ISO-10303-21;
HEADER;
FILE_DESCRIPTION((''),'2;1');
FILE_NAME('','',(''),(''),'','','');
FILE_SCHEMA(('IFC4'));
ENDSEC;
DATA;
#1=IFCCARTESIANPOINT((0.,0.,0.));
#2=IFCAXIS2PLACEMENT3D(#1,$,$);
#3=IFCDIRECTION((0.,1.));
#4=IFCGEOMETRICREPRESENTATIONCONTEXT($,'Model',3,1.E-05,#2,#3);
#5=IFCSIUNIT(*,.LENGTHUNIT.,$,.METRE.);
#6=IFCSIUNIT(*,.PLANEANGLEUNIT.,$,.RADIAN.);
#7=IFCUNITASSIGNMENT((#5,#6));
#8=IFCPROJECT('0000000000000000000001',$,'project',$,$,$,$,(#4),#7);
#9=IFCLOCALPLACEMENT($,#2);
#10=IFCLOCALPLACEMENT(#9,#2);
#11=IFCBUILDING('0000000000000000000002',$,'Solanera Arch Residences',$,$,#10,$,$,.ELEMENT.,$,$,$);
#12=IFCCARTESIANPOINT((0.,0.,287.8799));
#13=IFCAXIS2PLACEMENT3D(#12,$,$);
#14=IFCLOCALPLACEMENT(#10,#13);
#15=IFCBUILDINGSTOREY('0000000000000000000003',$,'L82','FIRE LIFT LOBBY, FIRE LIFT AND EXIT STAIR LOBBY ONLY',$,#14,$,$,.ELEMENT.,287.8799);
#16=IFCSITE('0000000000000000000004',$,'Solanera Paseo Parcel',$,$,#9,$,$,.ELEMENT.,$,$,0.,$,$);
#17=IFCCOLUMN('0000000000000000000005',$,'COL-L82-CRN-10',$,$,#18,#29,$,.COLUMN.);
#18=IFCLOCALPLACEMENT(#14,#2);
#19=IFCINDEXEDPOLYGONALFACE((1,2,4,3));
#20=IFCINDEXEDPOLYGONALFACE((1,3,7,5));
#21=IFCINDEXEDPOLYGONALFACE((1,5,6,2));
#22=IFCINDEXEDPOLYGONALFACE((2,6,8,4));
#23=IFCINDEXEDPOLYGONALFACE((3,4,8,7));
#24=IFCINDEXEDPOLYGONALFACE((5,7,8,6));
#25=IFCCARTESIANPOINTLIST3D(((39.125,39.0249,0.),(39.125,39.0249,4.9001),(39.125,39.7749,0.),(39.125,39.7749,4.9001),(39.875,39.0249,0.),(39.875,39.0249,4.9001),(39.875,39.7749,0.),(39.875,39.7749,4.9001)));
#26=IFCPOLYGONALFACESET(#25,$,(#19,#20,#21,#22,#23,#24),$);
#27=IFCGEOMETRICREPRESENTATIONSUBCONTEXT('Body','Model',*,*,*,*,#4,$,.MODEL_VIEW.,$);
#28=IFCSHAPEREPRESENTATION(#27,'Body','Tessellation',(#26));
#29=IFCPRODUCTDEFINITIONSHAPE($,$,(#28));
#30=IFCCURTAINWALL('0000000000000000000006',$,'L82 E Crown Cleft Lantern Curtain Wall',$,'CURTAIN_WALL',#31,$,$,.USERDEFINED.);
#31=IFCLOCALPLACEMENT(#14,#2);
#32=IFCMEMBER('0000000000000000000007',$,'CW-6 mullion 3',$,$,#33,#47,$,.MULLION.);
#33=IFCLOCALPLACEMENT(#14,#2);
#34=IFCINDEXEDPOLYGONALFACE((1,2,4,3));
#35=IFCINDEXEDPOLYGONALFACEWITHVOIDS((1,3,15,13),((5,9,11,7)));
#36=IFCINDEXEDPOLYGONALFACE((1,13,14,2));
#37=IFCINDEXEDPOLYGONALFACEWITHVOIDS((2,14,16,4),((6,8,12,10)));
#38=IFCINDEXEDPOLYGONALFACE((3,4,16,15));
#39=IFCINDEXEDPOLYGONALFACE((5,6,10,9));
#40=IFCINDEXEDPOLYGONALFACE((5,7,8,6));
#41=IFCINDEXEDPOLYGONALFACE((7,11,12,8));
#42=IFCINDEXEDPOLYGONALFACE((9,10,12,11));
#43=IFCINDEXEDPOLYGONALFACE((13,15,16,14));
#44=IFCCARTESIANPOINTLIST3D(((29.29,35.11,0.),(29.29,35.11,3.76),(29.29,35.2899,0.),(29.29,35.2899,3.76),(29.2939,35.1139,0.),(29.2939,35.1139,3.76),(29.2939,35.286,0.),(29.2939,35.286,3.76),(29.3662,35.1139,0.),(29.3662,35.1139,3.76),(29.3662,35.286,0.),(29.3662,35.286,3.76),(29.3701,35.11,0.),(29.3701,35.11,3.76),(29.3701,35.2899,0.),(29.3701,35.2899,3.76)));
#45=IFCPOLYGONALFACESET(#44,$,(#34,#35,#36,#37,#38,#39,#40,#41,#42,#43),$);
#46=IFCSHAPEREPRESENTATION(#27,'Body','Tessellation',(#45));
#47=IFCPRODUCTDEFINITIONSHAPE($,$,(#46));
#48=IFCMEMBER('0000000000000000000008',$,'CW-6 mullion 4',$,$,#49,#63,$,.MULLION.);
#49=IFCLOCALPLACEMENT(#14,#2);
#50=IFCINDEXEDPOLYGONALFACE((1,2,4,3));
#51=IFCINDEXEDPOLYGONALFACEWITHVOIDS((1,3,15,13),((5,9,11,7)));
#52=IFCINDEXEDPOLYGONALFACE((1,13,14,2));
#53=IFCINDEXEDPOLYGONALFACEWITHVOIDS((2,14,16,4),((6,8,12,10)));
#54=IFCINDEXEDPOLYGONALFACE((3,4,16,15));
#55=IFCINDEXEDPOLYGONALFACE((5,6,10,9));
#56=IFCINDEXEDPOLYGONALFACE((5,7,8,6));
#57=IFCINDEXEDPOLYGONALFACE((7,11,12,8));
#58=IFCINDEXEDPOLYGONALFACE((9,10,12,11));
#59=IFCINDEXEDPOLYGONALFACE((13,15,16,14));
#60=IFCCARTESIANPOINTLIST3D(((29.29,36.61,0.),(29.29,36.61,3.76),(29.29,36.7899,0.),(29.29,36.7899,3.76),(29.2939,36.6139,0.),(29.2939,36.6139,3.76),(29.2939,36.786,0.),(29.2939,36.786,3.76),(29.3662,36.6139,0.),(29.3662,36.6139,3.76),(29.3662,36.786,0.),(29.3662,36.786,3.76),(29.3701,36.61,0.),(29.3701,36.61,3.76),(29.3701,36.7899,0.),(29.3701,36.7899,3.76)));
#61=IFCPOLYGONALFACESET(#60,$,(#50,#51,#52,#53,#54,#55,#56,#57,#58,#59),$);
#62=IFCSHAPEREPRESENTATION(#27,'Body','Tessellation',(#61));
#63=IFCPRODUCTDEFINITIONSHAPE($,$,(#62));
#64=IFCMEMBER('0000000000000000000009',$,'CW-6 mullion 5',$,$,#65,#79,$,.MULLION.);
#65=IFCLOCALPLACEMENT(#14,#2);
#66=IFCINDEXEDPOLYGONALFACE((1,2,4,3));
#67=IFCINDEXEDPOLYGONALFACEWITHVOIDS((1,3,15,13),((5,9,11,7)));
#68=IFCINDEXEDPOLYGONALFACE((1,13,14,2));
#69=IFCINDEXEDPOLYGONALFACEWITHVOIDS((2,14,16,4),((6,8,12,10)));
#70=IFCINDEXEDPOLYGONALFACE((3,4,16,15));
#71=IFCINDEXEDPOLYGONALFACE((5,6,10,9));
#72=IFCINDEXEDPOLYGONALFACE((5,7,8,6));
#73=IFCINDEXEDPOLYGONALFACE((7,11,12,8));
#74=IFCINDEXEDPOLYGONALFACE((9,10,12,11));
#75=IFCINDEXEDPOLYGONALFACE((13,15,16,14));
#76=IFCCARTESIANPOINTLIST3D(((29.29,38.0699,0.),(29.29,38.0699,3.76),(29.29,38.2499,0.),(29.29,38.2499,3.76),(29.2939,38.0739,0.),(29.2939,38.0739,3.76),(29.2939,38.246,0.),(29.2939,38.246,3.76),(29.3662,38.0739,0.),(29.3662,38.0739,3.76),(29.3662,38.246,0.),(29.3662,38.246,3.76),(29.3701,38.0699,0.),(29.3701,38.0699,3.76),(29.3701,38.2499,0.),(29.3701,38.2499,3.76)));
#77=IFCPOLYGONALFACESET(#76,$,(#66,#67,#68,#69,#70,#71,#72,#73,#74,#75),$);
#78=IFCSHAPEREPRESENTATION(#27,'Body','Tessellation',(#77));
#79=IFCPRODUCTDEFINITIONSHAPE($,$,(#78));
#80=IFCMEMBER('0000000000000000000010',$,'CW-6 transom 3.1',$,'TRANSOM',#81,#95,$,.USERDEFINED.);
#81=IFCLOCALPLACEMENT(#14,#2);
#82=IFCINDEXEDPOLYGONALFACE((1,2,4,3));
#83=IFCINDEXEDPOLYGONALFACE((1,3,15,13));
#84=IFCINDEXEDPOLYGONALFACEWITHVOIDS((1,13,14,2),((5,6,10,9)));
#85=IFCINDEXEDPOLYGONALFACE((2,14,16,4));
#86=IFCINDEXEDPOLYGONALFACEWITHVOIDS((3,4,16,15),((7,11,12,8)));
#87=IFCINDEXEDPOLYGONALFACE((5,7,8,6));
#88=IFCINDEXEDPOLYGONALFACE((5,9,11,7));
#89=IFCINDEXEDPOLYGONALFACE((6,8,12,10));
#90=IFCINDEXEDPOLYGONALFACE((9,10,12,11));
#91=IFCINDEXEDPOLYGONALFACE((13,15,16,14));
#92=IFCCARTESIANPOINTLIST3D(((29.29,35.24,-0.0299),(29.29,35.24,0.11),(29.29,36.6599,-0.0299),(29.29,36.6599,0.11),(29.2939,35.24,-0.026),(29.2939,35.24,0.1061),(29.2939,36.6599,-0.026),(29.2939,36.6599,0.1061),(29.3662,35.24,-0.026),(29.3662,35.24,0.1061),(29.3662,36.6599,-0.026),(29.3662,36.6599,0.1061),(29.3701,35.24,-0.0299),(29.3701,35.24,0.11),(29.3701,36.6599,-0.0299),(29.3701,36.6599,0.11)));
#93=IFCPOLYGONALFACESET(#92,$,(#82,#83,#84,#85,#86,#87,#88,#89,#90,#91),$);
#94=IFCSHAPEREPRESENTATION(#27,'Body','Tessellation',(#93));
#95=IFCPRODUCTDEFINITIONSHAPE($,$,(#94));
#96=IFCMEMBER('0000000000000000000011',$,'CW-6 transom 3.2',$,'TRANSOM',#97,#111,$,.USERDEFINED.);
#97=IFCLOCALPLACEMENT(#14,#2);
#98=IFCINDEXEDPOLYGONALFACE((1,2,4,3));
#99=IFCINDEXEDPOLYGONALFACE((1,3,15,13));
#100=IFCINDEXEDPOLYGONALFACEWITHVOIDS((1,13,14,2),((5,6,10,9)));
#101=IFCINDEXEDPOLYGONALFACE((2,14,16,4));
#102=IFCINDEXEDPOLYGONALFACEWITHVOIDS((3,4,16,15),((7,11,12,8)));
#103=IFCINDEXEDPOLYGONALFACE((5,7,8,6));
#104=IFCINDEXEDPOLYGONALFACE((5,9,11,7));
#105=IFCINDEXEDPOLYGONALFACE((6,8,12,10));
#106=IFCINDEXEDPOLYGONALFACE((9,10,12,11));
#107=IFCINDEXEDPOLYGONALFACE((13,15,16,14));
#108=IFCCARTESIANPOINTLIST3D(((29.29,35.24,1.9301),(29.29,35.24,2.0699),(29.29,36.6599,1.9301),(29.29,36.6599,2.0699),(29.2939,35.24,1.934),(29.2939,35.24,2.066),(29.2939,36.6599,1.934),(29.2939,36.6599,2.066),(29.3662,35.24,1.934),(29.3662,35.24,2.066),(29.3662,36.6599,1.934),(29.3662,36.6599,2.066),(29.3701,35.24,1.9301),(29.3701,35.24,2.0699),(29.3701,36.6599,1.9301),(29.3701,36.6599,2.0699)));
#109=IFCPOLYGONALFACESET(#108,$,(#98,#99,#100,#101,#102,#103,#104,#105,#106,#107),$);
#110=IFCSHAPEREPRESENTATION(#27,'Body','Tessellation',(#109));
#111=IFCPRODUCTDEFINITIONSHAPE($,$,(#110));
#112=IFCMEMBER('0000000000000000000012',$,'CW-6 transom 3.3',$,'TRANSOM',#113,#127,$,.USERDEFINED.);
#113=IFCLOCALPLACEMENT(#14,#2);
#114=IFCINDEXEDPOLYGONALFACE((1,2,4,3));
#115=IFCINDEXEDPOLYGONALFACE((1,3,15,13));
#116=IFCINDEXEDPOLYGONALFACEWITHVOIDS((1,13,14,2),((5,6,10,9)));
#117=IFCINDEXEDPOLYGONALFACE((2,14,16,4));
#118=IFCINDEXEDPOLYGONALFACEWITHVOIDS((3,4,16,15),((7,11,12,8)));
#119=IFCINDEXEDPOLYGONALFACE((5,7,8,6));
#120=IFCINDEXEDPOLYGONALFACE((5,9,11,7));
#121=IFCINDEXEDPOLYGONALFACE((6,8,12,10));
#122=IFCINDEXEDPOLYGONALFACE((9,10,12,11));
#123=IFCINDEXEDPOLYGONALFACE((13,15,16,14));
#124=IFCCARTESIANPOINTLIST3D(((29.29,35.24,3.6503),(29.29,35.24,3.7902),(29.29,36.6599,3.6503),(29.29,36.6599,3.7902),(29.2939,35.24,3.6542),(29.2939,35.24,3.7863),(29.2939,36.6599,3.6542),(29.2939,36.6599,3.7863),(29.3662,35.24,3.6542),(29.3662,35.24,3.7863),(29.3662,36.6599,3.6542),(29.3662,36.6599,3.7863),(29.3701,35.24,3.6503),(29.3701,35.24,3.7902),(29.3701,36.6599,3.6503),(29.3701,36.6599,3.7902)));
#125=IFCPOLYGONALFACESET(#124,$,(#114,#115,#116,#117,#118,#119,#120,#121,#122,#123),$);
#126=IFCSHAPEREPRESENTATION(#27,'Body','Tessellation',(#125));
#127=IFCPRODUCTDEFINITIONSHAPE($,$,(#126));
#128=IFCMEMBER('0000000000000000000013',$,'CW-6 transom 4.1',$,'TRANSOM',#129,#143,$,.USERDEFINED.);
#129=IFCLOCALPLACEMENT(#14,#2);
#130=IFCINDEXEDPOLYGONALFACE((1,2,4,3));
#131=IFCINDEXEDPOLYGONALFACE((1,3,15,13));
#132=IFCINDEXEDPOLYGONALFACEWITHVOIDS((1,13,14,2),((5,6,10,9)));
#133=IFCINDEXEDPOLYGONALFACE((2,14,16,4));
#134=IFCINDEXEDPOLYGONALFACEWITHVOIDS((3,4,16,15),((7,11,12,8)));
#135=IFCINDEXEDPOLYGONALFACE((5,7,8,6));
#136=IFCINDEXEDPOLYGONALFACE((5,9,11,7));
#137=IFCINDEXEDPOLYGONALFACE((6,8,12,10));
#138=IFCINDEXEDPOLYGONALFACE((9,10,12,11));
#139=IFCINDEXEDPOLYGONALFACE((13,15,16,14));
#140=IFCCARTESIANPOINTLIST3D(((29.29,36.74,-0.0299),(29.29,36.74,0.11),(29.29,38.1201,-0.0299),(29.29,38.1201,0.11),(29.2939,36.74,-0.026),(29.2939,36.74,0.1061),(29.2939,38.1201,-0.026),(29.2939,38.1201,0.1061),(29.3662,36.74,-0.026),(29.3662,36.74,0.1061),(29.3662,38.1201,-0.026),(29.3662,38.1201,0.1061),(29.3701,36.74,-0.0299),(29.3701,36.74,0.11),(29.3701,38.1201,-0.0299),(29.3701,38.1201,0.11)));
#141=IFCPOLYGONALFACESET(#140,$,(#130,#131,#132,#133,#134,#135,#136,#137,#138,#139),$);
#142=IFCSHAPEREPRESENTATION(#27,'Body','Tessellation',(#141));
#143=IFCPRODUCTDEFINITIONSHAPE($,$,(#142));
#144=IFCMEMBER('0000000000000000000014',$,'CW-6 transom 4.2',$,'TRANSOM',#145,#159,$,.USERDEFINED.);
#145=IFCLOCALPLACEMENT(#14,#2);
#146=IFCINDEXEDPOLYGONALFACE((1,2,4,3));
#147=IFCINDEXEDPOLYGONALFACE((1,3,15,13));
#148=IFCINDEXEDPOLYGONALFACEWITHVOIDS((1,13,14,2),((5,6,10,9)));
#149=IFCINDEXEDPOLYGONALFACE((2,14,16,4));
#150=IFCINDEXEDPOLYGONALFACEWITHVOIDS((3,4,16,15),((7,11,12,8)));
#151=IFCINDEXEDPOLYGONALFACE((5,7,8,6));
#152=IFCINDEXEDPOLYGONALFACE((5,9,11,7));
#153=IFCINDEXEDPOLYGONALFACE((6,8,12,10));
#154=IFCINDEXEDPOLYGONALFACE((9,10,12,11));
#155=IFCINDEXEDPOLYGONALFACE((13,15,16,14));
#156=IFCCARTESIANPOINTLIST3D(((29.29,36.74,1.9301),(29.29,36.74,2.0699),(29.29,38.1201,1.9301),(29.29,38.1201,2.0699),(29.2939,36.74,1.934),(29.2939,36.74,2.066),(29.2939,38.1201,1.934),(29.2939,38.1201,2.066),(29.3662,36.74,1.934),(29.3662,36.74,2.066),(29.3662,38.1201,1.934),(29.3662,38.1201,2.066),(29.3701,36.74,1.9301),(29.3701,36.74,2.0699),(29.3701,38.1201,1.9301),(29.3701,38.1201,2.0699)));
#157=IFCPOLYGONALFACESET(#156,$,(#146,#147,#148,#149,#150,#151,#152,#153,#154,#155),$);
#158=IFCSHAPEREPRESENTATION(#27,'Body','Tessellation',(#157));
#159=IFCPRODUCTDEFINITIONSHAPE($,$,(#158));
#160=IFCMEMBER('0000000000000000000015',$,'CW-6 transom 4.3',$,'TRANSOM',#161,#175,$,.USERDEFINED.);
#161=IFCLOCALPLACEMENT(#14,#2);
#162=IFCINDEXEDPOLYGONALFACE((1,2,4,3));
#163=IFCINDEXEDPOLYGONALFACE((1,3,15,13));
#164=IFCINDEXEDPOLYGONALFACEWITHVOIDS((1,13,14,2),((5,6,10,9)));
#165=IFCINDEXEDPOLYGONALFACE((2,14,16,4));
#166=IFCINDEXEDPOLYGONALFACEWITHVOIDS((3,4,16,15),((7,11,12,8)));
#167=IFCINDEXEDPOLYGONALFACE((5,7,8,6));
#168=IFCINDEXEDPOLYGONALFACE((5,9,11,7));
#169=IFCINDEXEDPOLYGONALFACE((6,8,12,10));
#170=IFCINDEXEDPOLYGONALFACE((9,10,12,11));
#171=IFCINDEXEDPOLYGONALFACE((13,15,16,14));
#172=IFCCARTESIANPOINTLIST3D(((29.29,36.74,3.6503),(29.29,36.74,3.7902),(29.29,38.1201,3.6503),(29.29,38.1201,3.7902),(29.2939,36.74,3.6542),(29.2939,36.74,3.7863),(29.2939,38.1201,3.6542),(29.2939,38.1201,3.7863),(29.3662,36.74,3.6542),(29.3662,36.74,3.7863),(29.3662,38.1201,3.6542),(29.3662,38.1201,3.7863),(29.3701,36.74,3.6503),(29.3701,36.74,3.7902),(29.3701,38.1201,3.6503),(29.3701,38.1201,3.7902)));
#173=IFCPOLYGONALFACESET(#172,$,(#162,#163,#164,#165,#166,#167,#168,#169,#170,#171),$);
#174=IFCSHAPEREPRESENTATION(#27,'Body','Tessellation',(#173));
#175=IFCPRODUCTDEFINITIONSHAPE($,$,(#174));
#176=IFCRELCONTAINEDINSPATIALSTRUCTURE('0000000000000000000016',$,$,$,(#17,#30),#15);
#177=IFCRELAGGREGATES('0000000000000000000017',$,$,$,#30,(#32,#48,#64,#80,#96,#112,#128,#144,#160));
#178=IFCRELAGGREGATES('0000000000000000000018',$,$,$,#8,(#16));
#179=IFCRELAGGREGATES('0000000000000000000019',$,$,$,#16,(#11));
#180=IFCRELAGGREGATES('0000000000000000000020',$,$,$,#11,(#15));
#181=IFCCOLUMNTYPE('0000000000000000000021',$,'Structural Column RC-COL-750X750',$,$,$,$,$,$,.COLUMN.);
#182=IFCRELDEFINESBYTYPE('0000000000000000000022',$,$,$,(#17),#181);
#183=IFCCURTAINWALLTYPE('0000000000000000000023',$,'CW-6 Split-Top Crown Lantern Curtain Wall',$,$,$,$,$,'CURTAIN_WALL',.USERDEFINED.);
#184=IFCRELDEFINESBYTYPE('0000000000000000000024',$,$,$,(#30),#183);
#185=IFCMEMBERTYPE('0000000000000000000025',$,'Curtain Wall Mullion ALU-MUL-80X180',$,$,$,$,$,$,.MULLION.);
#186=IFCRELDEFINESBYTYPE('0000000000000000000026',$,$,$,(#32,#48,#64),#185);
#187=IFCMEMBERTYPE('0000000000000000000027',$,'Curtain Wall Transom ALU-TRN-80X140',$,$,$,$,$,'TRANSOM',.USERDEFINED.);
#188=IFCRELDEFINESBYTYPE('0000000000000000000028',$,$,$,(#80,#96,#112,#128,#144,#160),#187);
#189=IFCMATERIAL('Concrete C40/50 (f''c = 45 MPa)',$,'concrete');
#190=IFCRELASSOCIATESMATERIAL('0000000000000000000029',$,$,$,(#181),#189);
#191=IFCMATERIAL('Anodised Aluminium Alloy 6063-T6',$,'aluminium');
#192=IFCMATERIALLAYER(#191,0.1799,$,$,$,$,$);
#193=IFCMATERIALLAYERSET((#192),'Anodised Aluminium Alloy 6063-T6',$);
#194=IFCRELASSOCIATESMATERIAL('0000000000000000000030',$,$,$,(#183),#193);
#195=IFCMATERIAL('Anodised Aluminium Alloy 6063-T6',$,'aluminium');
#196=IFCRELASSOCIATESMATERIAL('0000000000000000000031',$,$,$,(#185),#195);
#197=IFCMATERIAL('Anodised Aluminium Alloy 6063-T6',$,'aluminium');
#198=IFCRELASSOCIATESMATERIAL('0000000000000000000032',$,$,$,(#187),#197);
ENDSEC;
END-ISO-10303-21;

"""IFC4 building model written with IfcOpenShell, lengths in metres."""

from ifc_helpers import new_model, si_unit, direction, frame, origin, origin_2d, place, context, subcontext, project, spatial, rectangle, hollow_rectangle, extrude, material, layer, layer_set, material_profile, profile_set, type_object, element, aggregate, save


model = new_model("IFC4")

# Units and contexts
model_context = context("Model", 3, precision=1e-05, world=origin(), true_north=direction((0.0, 1.0)))
body_context = subcontext(model_context, "Body", "Model", "MODEL_VIEW")
ifc_project = project(units=[si_unit("LENGTHUNIT", "METRE"), si_unit("PLANEANGLEUNIT", "RADIAN")], contexts=[model_context])

# Site, building, storey
site_placement = place(None, origin())
site = spatial("IfcSite", under=ifc_project, at=site_placement, Name="Solanera Paseo Parcel", CompositionType="ELEMENT", RefElevation=0.0)
building_placement = place(site_placement, origin())
building = spatial("IfcBuilding", under=site, at=building_placement, Name="Solanera Arch Residences", CompositionType="ELEMENT")
storey_placement = place(building_placement, frame((0.0, 0.0, 287.8799)))
storey = spatial("IfcBuildingStorey", under=building, at=storey_placement, Name="L82", Description="FIRE LIFT LOBBY, FIRE LIFT AND EXIT STAIR LOBBY ONLY", CompositionType="ELEMENT", Elevation=287.8799)

# Column
ifc_material_1 = material(Name="Concrete C40/50 (f'c = 45 MPa)", Category="concrete")
ifc_material_profile_1 = material_profile(ifc_material_1, rectangle(XDim=0.75, YDim=0.75, at=origin_2d()))
ifc_profile_set_1 = profile_set([ifc_material_profile_1], Name="Concrete C40/50 (f'c = 45 MPa)")
column_type = type_object("IfcColumnType", Name="Structural Column RC-COL-750X750", PredefinedType="COLUMN", material=ifc_profile_set_1)
column_placement = place(storey_placement, frame((39.5, 39.3999, 0.0), z_axis=(0.0, 0.0, 1.0), x_axis=(1.0, 0.0, 0.0)))
element("IfcColumn", 1, at=column_placement, inside=storey, type_object=column_type, Name="COL-L82-CRN-10", PredefinedType="COLUMN", context=body_context, shape_type="SweptSolid", body=[
    extrude(rectangle(XDim=0.75, YDim=0.75, at=origin_2d()), origin(), (0.0, 0.0, 1.0), 4.9001),
])

# Curtain wall, members
ifc_material_2 = material(Name="Anodised Aluminium Alloy 6063-T6", Category="aluminium")
ifc_layer_1 = layer(ifc_material_2, 0.1799)
ifc_layer_set_1 = layer_set([ifc_layer_1], Name="Anodised Aluminium Alloy 6063-T6")
curtain_wall_type = type_object("IfcCurtainWallType", Name="CW-6 Split-Top Crown Lantern Curtain Wall", ElementType="CURTAIN_WALL", PredefinedType="USERDEFINED", material=ifc_layer_set_1)
curtain_wall_placement = place(storey_placement, origin())
curtain_wall = element("IfcCurtainWall", 2, at=curtain_wall_placement, inside=storey, type_object=curtain_wall_type, Name="L82 E Crown Cleft Lantern Curtain Wall", ObjectType="CURTAIN_WALL", PredefinedType="USERDEFINED")
ifc_material_3 = material(Name="Anodised Aluminium Alloy 6063-T6", Category="aluminium")
ifc_material_profile_2 = material_profile(ifc_material_3, hollow_rectangle(XDim=0.0801, YDim=0.1799, WallThickness=0.0039, at=origin_2d()))
ifc_profile_set_2 = profile_set([ifc_material_profile_2], Name="Anodised Aluminium Alloy 6063-T6")
member_type_1 = type_object("IfcMemberType", Name="Curtain Wall Mullion ALU-MUL-80X180", PredefinedType="MULLION", material=ifc_profile_set_2)
member_1_placement = place(storey_placement, frame((29.3301, 35.2, 0.0), z_axis=(0.0, 0.0, 1.0), x_axis=(-1.0, 0.0, 0.0)))
member_1 = element("IfcMember", 3, at=member_1_placement, type_object=member_type_1, Name="CW-6 mullion 3", PredefinedType="MULLION", context=body_context, shape_type="SweptSolid", body=[
    extrude(hollow_rectangle(XDim=0.0801, YDim=0.1799, WallThickness=0.0039, at=origin_2d()), origin(), (0.0, 0.0, 1.0), 3.76),
])
member_2_placement = place(storey_placement, frame((29.3301, 36.7, 0.0), z_axis=(0.0, 0.0, 1.0), x_axis=(-1.0, 0.0, 0.0)))
member_2 = element("IfcMember", 4, at=member_2_placement, type_object=member_type_1, Name="CW-6 mullion 4", PredefinedType="MULLION", context=body_context, shape_type="SweptSolid", body=[
    extrude(hollow_rectangle(XDim=0.0801, YDim=0.1799, WallThickness=0.0039, at=origin_2d()), origin(), (0.0, 0.0, 1.0), 3.76),
])
member_3_placement = place(storey_placement, frame((29.3301, 38.1599, 0.0), z_axis=(0.0, 0.0, 1.0), x_axis=(-1.0, 0.0, 0.0)))
member_3 = element("IfcMember", 5, at=member_3_placement, type_object=member_type_1, Name="CW-6 mullion 5", PredefinedType="MULLION", context=body_context, shape_type="SweptSolid", body=[
    extrude(hollow_rectangle(XDim=0.0801, YDim=0.1799, WallThickness=0.0039, at=origin_2d()), origin(), (0.0, 0.0, 1.0), 3.76),
])
ifc_material_4 = material(Name="Anodised Aluminium Alloy 6063-T6", Category="aluminium")
ifc_material_profile_3 = material_profile(ifc_material_4, hollow_rectangle(XDim=0.0801, YDim=0.1399, WallThickness=0.0039, at=origin_2d()))
ifc_profile_set_3 = profile_set([ifc_material_profile_3], Name="Anodised Aluminium Alloy 6063-T6")
member_type_2 = type_object("IfcMemberType", Name="Curtain Wall Transom ALU-TRN-80X140", ElementType="TRANSOM", PredefinedType="USERDEFINED", material=ifc_profile_set_3)
member_4_placement = place(storey_placement, frame((29.3301, 35.24, 0.04), z_axis=(0.0, 1.0, 0.0), x_axis=(-1.0, 0.0, 0.0)))
member_4 = element("IfcMember", 6, at=member_4_placement, type_object=member_type_2, Name="CW-6 transom 3.1", ObjectType="TRANSOM", PredefinedType="USERDEFINED", context=body_context, shape_type="SweptSolid", body=[
    extrude(hollow_rectangle(XDim=0.0801, YDim=0.1399, WallThickness=0.0039, at=origin_2d()), origin(), (0.0, 0.0, 1.0), 1.4199),
])
member_5_placement = place(storey_placement, frame((29.3301, 35.24, 2.0), z_axis=(0.0, 1.0, 0.0), x_axis=(-1.0, 0.0, 0.0)))
member_5 = element("IfcMember", 7, at=member_5_placement, type_object=member_type_2, Name="CW-6 transom 3.2", ObjectType="TRANSOM", PredefinedType="USERDEFINED", context=body_context, shape_type="SweptSolid", body=[
    extrude(hollow_rectangle(XDim=0.0801, YDim=0.1399, WallThickness=0.0039, at=origin_2d()), origin(), (0.0, 0.0, 1.0), 1.4199),
])
member_6_placement = place(storey_placement, frame((29.3301, 35.24, 3.7202), z_axis=(0.0, 1.0, 0.0), x_axis=(-1.0, 0.0, 0.0)))
member_6 = element("IfcMember", 8, at=member_6_placement, type_object=member_type_2, Name="CW-6 transom 3.3", ObjectType="TRANSOM", PredefinedType="USERDEFINED", context=body_context, shape_type="SweptSolid", body=[
    extrude(hollow_rectangle(XDim=0.0801, YDim=0.1399, WallThickness=0.0039, at=origin_2d()), origin(), (0.0, 0.0, 1.0), 1.4199),
])
member_7_placement = place(storey_placement, frame((29.3301, 36.74, 0.04), z_axis=(0.0, 1.0, 0.0), x_axis=(-1.0, 0.0, 0.0)))
member_7 = element("IfcMember", 9, at=member_7_placement, type_object=member_type_2, Name="CW-6 transom 4.1", ObjectType="TRANSOM", PredefinedType="USERDEFINED", context=body_context, shape_type="SweptSolid", body=[
    extrude(hollow_rectangle(XDim=0.0801, YDim=0.1399, WallThickness=0.0039, at=origin_2d()), origin(), (0.0, 0.0, 1.0), 1.3801),
])
member_8_placement = place(storey_placement, frame((29.3301, 36.74, 2.0), z_axis=(0.0, 1.0, 0.0), x_axis=(-1.0, 0.0, 0.0)))
member_8 = element("IfcMember", 10, at=member_8_placement, type_object=member_type_2, Name="CW-6 transom 4.2", ObjectType="TRANSOM", PredefinedType="USERDEFINED", context=body_context, shape_type="SweptSolid", body=[
    extrude(hollow_rectangle(XDim=0.0801, YDim=0.1399, WallThickness=0.0039, at=origin_2d()), origin(), (0.0, 0.0, 1.0), 1.3801),
])
member_9_placement = place(storey_placement, frame((29.3301, 36.74, 3.7202), z_axis=(0.0, 1.0, 0.0), x_axis=(-1.0, 0.0, 0.0)))
member_9 = element("IfcMember", 11, at=member_9_placement, type_object=member_type_2, Name="CW-6 transom 4.3", ObjectType="TRANSOM", PredefinedType="USERDEFINED", context=body_context, shape_type="SweptSolid", body=[
    extrude(hollow_rectangle(XDim=0.0801, YDim=0.1399, WallThickness=0.0039, at=origin_2d()), origin(), (0.0, 0.0, 1.0), 1.3801),
])

aggregate(curtain_wall, [member_1, member_2, member_3, member_4, member_5, member_6, member_7, member_8, member_9])

save(model, "model.ifc")
